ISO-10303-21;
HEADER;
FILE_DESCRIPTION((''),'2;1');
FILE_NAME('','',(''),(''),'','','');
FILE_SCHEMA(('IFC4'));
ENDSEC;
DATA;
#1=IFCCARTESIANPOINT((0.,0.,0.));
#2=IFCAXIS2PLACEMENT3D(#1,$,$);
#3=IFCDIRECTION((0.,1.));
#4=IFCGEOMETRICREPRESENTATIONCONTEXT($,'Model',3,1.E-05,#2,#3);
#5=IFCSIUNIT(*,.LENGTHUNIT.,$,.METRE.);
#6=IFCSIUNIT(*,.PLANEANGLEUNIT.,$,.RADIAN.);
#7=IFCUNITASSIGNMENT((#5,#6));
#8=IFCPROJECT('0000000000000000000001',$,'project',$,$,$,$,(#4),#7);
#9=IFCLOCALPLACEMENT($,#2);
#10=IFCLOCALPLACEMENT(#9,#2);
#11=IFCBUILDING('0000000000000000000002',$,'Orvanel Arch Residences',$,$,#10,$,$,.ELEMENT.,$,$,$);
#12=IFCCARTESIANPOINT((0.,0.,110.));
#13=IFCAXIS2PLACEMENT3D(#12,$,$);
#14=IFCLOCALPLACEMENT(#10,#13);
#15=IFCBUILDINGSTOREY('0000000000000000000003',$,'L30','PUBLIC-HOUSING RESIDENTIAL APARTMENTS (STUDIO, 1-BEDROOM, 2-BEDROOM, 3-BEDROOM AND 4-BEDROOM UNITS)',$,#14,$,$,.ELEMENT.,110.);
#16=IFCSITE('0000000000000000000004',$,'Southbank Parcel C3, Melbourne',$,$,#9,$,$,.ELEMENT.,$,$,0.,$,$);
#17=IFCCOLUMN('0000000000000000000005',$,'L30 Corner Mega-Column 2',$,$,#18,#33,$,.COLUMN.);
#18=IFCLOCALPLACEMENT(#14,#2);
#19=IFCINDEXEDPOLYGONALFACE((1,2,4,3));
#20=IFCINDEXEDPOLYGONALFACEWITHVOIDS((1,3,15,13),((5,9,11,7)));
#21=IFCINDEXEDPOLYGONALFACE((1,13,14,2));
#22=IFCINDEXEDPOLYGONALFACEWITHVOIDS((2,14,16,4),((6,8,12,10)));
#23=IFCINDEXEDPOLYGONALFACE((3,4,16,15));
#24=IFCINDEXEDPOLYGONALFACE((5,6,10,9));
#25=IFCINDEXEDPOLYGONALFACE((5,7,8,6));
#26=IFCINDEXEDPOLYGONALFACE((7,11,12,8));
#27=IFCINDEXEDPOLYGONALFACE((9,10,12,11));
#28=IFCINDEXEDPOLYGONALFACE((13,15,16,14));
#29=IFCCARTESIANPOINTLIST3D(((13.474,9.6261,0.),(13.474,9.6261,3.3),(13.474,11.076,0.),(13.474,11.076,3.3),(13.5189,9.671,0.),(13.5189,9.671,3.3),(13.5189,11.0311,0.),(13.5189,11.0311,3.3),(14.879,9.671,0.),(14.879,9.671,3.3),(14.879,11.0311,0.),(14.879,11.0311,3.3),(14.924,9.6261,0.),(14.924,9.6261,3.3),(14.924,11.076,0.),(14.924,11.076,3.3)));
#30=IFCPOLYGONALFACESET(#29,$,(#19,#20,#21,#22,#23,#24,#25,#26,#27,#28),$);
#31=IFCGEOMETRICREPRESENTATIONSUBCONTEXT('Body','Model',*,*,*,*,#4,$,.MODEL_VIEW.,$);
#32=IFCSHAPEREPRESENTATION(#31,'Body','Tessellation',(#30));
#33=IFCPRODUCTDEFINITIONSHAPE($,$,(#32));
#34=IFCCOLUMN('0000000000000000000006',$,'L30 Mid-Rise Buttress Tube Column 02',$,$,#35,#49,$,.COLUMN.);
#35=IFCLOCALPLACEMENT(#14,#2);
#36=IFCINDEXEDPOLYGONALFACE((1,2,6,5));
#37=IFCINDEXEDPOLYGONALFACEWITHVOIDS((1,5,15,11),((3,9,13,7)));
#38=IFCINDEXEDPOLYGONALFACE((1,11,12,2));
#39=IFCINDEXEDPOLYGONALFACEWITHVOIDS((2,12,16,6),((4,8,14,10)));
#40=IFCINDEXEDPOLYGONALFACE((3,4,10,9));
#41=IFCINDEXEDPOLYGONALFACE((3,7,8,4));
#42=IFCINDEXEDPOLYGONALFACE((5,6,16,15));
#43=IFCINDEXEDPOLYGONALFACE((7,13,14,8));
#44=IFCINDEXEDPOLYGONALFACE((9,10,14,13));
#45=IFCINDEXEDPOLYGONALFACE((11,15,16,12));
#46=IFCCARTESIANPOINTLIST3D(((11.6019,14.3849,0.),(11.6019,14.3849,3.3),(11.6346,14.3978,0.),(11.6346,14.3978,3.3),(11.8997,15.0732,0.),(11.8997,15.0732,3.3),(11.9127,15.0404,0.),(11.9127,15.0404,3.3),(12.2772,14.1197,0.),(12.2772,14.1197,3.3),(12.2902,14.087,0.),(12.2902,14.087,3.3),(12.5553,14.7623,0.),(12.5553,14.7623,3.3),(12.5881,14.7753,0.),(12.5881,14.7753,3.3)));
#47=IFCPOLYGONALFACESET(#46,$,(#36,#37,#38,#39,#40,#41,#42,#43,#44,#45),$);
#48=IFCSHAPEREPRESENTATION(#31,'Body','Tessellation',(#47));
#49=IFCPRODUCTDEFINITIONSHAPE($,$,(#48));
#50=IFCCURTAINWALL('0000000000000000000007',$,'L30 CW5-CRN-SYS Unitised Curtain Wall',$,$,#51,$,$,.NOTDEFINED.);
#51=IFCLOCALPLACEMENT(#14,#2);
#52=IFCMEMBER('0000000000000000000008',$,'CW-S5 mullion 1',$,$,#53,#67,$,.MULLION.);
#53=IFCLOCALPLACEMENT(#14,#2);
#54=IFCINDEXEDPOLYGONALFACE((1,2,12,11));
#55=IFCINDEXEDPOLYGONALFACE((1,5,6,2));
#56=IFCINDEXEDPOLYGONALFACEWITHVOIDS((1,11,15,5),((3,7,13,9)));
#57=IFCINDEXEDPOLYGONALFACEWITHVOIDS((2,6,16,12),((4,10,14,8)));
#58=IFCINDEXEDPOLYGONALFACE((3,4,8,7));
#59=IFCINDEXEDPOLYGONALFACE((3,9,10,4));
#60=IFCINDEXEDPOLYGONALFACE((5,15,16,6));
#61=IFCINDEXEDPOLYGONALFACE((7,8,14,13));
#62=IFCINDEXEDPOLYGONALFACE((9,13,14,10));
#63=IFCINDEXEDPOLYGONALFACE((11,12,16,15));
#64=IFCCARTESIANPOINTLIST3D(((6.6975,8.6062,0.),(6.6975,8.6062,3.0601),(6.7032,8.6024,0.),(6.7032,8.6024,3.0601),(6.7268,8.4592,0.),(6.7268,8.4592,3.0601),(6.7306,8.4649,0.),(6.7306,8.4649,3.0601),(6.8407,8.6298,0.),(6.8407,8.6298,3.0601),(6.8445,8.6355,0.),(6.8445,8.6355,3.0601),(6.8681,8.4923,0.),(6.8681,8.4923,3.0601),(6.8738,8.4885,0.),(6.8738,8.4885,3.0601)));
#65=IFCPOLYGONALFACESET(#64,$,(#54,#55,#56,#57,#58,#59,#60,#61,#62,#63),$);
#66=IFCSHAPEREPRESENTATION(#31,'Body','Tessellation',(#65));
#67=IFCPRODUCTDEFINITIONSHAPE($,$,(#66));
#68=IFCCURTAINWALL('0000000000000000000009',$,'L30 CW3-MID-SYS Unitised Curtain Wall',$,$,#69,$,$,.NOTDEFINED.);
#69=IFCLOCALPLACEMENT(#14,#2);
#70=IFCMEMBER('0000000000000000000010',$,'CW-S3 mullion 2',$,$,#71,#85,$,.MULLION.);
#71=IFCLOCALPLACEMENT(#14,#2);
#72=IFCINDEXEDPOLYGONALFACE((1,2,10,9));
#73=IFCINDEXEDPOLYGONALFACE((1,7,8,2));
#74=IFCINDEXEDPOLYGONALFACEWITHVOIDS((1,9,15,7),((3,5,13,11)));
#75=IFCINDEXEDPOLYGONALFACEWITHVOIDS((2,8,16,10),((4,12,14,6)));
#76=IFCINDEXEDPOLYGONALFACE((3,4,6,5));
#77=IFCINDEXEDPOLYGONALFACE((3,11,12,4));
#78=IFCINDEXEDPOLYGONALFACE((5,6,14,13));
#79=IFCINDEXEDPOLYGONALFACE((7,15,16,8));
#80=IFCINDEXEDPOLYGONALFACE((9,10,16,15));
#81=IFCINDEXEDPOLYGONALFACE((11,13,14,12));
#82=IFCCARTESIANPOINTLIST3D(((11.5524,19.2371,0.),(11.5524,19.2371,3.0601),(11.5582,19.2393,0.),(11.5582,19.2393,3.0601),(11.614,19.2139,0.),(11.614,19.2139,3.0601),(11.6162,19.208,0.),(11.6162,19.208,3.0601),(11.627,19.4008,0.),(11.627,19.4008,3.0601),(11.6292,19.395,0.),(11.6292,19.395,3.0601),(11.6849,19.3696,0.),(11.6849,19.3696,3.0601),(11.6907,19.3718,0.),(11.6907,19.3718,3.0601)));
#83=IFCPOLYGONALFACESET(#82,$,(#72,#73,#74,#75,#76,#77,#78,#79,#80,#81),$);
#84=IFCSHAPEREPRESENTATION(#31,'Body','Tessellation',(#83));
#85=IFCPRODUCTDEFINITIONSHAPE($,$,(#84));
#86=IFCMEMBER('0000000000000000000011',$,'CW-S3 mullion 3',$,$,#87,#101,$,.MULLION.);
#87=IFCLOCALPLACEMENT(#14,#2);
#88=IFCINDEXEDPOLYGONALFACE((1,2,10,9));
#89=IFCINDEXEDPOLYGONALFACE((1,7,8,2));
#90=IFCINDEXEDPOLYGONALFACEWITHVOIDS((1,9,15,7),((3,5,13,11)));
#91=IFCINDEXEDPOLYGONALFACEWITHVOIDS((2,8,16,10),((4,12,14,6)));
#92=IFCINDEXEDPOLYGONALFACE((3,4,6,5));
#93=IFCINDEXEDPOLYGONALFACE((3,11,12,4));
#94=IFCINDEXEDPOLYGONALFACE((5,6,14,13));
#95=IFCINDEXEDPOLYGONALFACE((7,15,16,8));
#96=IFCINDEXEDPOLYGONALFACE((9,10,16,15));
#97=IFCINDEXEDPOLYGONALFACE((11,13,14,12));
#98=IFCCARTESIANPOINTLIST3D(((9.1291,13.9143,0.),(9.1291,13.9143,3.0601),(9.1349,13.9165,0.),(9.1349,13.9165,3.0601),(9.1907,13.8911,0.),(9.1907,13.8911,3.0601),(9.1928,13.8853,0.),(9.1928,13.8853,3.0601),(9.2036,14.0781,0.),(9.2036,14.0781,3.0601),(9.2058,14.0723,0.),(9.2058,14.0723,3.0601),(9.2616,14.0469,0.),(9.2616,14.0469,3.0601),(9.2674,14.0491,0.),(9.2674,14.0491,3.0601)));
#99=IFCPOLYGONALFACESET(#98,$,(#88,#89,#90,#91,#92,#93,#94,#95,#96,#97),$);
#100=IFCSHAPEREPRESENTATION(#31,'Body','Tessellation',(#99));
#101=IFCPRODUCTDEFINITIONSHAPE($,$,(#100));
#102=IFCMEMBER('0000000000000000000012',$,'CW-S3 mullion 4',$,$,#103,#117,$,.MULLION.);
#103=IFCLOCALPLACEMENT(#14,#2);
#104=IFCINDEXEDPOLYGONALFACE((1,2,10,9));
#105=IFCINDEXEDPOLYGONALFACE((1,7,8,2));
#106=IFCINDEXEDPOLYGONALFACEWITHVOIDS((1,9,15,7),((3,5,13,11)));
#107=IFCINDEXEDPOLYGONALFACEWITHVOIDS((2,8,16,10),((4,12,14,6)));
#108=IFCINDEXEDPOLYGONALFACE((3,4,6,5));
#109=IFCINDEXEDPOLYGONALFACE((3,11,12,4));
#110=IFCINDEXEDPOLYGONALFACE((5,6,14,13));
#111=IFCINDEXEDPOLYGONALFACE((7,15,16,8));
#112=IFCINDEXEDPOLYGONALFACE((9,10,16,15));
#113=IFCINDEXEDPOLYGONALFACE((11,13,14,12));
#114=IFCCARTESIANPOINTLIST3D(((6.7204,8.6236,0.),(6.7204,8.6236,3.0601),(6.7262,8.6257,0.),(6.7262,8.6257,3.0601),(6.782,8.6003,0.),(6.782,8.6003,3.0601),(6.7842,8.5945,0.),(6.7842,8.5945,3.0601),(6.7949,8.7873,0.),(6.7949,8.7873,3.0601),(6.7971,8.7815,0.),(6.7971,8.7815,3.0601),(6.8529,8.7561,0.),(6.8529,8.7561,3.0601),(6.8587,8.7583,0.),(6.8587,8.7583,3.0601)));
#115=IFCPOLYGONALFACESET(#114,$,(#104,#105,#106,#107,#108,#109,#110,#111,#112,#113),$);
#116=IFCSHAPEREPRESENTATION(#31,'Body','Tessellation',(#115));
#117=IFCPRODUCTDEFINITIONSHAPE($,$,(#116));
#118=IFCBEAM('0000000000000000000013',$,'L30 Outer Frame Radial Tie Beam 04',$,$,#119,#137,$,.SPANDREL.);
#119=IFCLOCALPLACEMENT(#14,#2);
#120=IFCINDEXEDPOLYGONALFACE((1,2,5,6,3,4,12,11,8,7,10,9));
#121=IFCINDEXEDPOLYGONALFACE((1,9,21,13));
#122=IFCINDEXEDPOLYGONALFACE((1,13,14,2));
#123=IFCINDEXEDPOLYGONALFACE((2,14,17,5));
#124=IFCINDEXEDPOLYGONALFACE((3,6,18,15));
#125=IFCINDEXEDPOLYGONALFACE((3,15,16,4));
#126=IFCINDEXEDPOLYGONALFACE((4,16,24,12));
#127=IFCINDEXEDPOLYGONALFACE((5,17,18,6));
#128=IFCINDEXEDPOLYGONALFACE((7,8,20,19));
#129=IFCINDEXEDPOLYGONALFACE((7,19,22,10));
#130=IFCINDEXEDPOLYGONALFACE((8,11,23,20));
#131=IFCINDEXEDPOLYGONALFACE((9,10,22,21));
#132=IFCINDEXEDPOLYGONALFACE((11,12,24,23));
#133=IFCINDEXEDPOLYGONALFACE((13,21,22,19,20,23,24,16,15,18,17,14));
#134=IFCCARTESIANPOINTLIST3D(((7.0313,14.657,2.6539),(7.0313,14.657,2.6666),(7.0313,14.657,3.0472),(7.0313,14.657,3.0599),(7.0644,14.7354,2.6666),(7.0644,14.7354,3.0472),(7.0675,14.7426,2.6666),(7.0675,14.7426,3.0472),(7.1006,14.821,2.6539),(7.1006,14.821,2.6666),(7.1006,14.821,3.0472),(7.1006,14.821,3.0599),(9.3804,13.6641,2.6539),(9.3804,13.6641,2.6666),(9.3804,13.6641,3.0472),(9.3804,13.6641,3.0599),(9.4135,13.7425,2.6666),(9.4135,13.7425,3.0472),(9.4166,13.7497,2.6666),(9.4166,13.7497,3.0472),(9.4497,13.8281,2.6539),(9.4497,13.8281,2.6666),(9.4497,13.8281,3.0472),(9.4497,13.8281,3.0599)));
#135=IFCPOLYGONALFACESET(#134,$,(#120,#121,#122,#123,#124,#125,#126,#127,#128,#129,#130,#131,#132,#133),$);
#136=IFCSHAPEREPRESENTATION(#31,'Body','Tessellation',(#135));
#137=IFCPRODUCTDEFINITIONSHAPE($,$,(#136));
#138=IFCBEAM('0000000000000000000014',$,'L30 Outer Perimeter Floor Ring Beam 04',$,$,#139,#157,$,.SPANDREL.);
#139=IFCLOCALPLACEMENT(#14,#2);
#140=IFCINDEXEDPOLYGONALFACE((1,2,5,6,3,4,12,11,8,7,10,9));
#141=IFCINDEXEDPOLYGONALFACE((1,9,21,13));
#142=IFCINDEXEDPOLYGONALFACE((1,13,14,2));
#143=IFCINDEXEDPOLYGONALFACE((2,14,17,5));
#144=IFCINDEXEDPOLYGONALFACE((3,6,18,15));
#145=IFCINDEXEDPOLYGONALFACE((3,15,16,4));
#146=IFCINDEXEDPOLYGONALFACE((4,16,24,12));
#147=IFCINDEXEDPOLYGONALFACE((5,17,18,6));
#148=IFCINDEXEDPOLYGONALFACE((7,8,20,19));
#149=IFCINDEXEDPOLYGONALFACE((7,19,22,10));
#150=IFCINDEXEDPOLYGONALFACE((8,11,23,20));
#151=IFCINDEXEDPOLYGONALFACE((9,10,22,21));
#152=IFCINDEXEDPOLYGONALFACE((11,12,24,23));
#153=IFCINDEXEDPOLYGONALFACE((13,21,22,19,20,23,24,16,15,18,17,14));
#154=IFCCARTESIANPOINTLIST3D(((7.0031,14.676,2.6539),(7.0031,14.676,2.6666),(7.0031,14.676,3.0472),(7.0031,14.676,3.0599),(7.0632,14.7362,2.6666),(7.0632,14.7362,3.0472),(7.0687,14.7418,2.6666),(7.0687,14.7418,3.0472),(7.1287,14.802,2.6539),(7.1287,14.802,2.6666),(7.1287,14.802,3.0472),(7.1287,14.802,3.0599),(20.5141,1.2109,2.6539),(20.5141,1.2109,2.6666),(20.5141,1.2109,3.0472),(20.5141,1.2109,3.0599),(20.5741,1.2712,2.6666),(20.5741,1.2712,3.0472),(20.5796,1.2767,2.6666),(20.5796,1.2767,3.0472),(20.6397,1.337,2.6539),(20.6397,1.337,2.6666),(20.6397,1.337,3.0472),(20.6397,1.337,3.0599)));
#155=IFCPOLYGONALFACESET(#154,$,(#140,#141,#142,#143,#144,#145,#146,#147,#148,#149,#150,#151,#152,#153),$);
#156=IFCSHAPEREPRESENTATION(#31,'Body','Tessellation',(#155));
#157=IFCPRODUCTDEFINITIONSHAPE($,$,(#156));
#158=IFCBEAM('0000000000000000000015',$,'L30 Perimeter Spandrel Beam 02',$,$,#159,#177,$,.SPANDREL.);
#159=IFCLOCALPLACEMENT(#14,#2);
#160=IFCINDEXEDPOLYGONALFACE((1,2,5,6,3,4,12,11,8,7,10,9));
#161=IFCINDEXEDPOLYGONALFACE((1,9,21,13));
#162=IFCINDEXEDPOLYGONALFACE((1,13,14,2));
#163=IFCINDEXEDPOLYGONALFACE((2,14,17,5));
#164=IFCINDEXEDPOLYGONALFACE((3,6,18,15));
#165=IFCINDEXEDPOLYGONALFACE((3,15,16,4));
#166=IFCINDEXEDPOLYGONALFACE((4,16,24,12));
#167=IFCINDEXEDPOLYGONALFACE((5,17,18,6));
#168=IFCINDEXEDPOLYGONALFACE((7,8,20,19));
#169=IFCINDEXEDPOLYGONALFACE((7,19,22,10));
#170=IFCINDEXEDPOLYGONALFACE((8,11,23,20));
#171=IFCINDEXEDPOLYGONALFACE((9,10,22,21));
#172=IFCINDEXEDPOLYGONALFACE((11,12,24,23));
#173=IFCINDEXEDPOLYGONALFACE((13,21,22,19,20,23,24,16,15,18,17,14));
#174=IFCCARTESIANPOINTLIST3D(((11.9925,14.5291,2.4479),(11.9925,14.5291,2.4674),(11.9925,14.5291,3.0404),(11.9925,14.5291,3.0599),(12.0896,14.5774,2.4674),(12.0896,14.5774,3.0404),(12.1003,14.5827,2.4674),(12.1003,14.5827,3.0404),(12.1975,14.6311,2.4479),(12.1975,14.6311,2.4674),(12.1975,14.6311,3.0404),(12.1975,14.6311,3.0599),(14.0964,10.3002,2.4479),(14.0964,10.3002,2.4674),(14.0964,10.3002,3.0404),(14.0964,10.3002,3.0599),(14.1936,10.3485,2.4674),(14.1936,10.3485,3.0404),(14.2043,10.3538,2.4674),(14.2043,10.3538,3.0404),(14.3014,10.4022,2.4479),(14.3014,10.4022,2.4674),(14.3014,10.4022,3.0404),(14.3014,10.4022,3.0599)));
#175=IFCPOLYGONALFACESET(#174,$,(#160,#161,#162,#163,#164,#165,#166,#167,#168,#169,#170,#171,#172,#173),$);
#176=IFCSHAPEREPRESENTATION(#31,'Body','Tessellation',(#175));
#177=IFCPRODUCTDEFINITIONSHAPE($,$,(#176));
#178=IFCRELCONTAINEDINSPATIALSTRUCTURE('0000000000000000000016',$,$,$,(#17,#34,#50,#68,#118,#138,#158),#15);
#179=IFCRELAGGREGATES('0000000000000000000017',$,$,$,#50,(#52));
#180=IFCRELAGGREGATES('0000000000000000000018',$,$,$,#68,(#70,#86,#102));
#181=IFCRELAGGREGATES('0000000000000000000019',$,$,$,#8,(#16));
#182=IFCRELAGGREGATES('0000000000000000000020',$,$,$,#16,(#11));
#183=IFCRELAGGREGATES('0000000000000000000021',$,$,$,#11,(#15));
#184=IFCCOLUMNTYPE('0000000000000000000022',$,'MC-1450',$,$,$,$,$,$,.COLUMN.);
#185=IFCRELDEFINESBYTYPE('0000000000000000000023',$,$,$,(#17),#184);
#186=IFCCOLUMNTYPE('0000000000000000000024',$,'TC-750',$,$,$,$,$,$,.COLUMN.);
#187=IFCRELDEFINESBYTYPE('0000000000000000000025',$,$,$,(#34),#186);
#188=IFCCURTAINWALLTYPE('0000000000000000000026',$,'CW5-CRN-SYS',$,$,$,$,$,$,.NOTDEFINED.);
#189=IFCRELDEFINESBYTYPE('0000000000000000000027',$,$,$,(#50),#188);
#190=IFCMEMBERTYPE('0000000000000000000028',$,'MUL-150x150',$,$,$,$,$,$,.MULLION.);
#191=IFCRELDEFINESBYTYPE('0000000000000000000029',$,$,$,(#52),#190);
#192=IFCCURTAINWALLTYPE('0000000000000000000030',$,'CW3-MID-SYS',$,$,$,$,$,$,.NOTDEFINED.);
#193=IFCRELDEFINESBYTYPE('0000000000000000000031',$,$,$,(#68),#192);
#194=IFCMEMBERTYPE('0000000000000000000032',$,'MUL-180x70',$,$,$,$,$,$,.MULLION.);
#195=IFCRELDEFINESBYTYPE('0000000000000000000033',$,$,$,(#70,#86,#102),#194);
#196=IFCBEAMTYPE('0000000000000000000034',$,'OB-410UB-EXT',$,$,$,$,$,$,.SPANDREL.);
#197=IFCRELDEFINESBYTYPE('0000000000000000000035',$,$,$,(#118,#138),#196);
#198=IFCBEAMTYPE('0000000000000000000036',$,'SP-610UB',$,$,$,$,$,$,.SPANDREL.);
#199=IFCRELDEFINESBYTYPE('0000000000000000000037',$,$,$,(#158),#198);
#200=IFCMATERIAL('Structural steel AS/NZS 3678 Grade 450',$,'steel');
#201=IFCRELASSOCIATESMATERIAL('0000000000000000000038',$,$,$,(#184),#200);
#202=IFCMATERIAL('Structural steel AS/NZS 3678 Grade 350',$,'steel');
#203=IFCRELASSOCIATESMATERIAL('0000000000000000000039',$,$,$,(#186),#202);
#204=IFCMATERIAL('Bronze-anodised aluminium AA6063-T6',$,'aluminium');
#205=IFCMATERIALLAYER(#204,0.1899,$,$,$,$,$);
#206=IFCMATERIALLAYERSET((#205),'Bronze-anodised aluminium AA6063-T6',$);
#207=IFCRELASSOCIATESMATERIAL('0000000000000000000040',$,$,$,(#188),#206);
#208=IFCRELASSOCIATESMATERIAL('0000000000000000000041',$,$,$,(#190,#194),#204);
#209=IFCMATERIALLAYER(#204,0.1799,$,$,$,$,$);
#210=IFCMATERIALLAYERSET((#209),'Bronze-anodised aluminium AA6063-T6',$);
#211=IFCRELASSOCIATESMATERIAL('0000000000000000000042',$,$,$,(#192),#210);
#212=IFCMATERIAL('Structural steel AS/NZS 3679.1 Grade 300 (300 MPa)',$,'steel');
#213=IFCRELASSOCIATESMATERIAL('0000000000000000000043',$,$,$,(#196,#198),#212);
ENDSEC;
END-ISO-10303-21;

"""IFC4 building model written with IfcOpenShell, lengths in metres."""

from ifc_helpers import new_model, si_unit, direction, frame, origin, origin_2d, place, context, subcontext, project, spatial, hollow_rectangle, i_section, extrude, material, layer, layer_set, material_profile, profile_set, type_object, element, aggregate, save


model = new_model("IFC4")

# Units and contexts
model_context = context("Model", 3, precision=1e-05, world=origin(), true_north=direction((0.0, 1.0)))
body_context = subcontext(model_context, "Body", "Model", "MODEL_VIEW")
ifc_project = project(units=[si_unit("LENGTHUNIT", "METRE"), si_unit("PLANEANGLEUNIT", "RADIAN")], contexts=[model_context])

# Site, building, storey
site_placement = place(None, origin())
site = spatial("IfcSite", under=ifc_project, at=site_placement, Name="Southbank Parcel C3, Melbourne", CompositionType="ELEMENT", RefElevation=0.0)
building_placement = place(site_placement, origin())
building = spatial("IfcBuilding", under=site, at=building_placement, Name="Orvanel Arch Residences", CompositionType="ELEMENT")
storey_placement = place(building_placement, frame((0.0, 0.0, 110.0)))
storey = spatial("IfcBuildingStorey", under=building, at=storey_placement, Name="L30", Description="PUBLIC-HOUSING RESIDENTIAL APARTMENTS (STUDIO, 1-BEDROOM, 2-BEDROOM, 3-BEDROOM AND 4-BEDROOM UNITS)", CompositionType="ELEMENT", Elevation=110.0)

# Columns
ifc_material_1 = material(Name="Structural steel AS/NZS 3678 Grade 450", Category="steel")
ifc_material_profile_1 = material_profile(ifc_material_1, hollow_rectangle(XDim=1.45, YDim=1.45, WallThickness=0.0449, at=origin_2d()), Name="BOX1450x1450x45")
ifc_profile_set_1 = profile_set([ifc_material_profile_1], Name="Structural steel AS/NZS 3678 Grade 450")
column_type_1 = type_object("IfcColumnType", Name="MC-1450", PredefinedType="COLUMN", material=ifc_profile_set_1)
column_1_placement = place(storey_placement, frame((14.199, 10.3511, 0.0), z_axis=(0.0, 0.0, 1.0), x_axis=(1.0, 0.0, 0.0)))
element("IfcColumn", 1, at=column_1_placement, inside=storey, type_object=column_type_1, Name="L30 Corner Mega-Column 2", PredefinedType="COLUMN", context=body_context, shape_type="SweptSolid", body=[
    extrude(hollow_rectangle(XDim=1.45, YDim=1.45, WallThickness=0.0449, at=origin_2d()), origin(), (0.0, 0.0, 1.0), 3.3),
])
ifc_material_2 = material(Name="Structural steel AS/NZS 3678 Grade 350", Category="steel")
ifc_material_profile_2 = material_profile(ifc_material_2, hollow_rectangle(XDim=0.75, YDim=0.75, WallThickness=0.0249, at=origin_2d()), Name="BOX750x750x25")
ifc_profile_set_2 = profile_set([ifc_material_profile_2], Name="Structural steel AS/NZS 3678 Grade 350")
column_type_2 = type_object("IfcColumnType", Name="TC-750", PredefinedType="COLUMN", material=ifc_profile_set_2)
column_2_placement = place(storey_placement, frame((12.095, 14.5801, 0.0), z_axis=(0.0, 0.0, 1.0), x_axis=(0.397148, 0.917755, 0.0)))
element("IfcColumn", 2, at=column_2_placement, inside=storey, type_object=column_type_2, Name="L30 Mid-Rise Buttress Tube Column 02", PredefinedType="COLUMN", context=body_context, shape_type="SweptSolid", body=[
    extrude(hollow_rectangle(XDim=0.75, YDim=0.75, WallThickness=0.0249, at=origin_2d()), origin(), (0.0, 0.0, 1.0), 3.3),
])

# Curtain wall, member
ifc_material_3 = material(Name="Bronze-anodised aluminium AA6063-T6", Category="aluminium")
ifc_layer_1 = layer(ifc_material_3, 0.1899)
ifc_layer_set_1 = layer_set([ifc_layer_1], Name="Bronze-anodised aluminium AA6063-T6")
curtain_wall_type_1 = type_object("IfcCurtainWallType", Name="CW5-CRN-SYS", PredefinedType="NOTDEFINED", material=ifc_layer_set_1)
curtain_wall_1_placement = place(storey_placement, origin())
curtain_wall_1 = element("IfcCurtainWall", 3, at=curtain_wall_1_placement, inside=storey, type_object=curtain_wall_type_1, Name="L30 CW5-CRN-SYS Unitised Curtain Wall", PredefinedType="NOTDEFINED")
ifc_material_profile_3 = material_profile(ifc_material_3, hollow_rectangle(XDim=0.1499, YDim=0.1499, WallThickness=0.0049, at=origin_2d()), Name="ALU150x150x5")
ifc_profile_set_3 = profile_set([ifc_material_profile_3], Name="Bronze-anodised aluminium AA6063-T6")
member_type_1 = type_object("IfcMemberType", Name="MUL-150x150", PredefinedType="MULLION", material=ifc_profile_set_3)
member_1_placement = place(storey_placement, frame((6.7856, 8.5474, 0.0), z_axis=(0.0, 0.0, 1.0), x_axis=(0.980696, 0.195541, 0.0)))
member_1 = element("IfcMember", 4, at=member_1_placement, type_object=member_type_1, Name="CW-S5 mullion 1", PredefinedType="MULLION", context=body_context, shape_type="SweptSolid", body=[
    extrude(hollow_rectangle(XDim=0.1499, YDim=0.1499, WallThickness=0.0049, at=origin_2d()), origin(), (0.0, 0.0, 1.0), 3.0601),
])

# Curtain wall, members
ifc_layer_2 = layer(ifc_material_3, 0.1799)
ifc_layer_set_2 = layer_set([ifc_layer_2], Name="Bronze-anodised aluminium AA6063-T6")
curtain_wall_type_2 = type_object("IfcCurtainWallType", Name="CW3-MID-SYS", PredefinedType="NOTDEFINED", material=ifc_layer_set_2)
curtain_wall_2_placement = place(storey_placement, origin())
curtain_wall_2 = element("IfcCurtainWall", 5, at=curtain_wall_2_placement, inside=storey, type_object=curtain_wall_type_2, Name="L30 CW3-MID-SYS Unitised Curtain Wall", PredefinedType="NOTDEFINED")
ifc_material_profile_4 = material_profile(ifc_material_3, hollow_rectangle(XDim=0.0701, YDim=0.1799, WallThickness=0.0044, at=origin_2d()), Name="ALU180x70x4.5")
ifc_profile_set_4 = profile_set([ifc_material_profile_4], Name="Bronze-anodised aluminium AA6063-T6")
member_type_2 = type_object("IfcMemberType", Name="MUL-180x70", PredefinedType="MULLION", material=ifc_profile_set_4)
member_2_placement = place(storey_placement, frame((11.6216, 19.3044, 0.0), z_axis=(0.0, 0.0, 1.0), x_axis=(0.910113, -0.414361, 0.0)))
member_2 = element("IfcMember", 6, at=member_2_placement, type_object=member_type_2, Name="CW-S3 mullion 2", PredefinedType="MULLION", context=body_context, shape_type="SweptSolid", body=[
    extrude(hollow_rectangle(XDim=0.0701, YDim=0.1799, WallThickness=0.0044, at=origin_2d()), origin(), (0.0, 0.0, 1.0), 3.0601),
])
member_3_placement = place(storey_placement, frame((9.1982, 13.9817, 0.0), z_axis=(0.0, 0.0, 1.0), x_axis=(0.910113, -0.414361, 0.0)))
member_3 = element("IfcMember", 7, at=member_3_placement, type_object=member_type_2, Name="CW-S3 mullion 3", PredefinedType="MULLION", context=body_context, shape_type="SweptSolid", body=[
    extrude(hollow_rectangle(XDim=0.0701, YDim=0.1799, WallThickness=0.0044, at=origin_2d()), origin(), (0.0, 0.0, 1.0), 3.0601),
])
member_4_placement = place(storey_placement, frame((6.7896, 8.6909, 0.0), z_axis=(0.0, 0.0, 1.0), x_axis=(0.910113, -0.414361, 0.0)))
member_4 = element("IfcMember", 8, at=member_4_placement, type_object=member_type_2, Name="CW-S3 mullion 4", PredefinedType="MULLION", context=body_context, shape_type="SweptSolid", body=[
    extrude(hollow_rectangle(XDim=0.0701, YDim=0.1799, WallThickness=0.0044, at=origin_2d()), origin(), (0.0, 0.0, 1.0), 3.0601),
])

# Beams
ifc_material_4 = material(Name="Structural steel AS/NZS 3679.1 Grade 300 (300 MPa)", Category="steel")
ifc_material_profile_5 = material_profile(ifc_material_4, i_section(OverallWidth=0.178, OverallDepth=0.406, WebThickness=0.0078, FlangeThickness=0.0127, at=origin_2d()), Name="410UB59.7")
ifc_profile_set_5 = profile_set([ifc_material_profile_5], Name="Structural steel AS/NZS 3679.1 Grade 300 (300 MPa)")
beam_type_1 = type_object("IfcBeamType", Name="OB-410UB-EXT", PredefinedType="SPANDREL", material=ifc_profile_set_5)
beam_1_placement = place(storey_placement, frame((9.415, 13.7461, 2.8569), z_axis=(-0.921099, 0.389328, 0.0), x_axis=(-0.389328, -0.921099, 0.0)))
element("IfcBeam", 9, at=beam_1_placement, inside=storey, type_object=beam_type_1, Name="L30 Outer Frame Radial Tie Beam 04", PredefinedType="SPANDREL", context=body_context, shape_type="SweptSolid", body=[
    extrude(i_section(OverallWidth=0.178, OverallDepth=0.406, WebThickness=0.0078, FlangeThickness=0.0127, at=origin_2d()), origin(), (0.0, 0.0, 1.0), 2.5503),
])
beam_2_placement = place(storey_placement, frame((7.0659, 14.739, 2.8569), z_axis=(0.708309, -0.705903, 0.0), x_axis=(0.705903, 0.708309, 0.0)))
element("IfcBeam", 10, at=beam_2_placement, inside=storey, type_object=beam_type_1, Name="L30 Outer Perimeter Floor Ring Beam 04", PredefinedType="SPANDREL", context=body_context, shape_type="SweptSolid", body=[
    extrude(i_section(OverallWidth=0.178, OverallDepth=0.406, WebThickness=0.0078, FlangeThickness=0.0127, at=origin_2d()), origin(), (0.0, 0.0, 1.0), 19.075),
])
ifc_material_profile_6 = material_profile(ifc_material_4, i_section(OverallWidth=0.229, OverallDepth=0.6121, WebThickness=0.012, FlangeThickness=0.0195, at=origin_2d()), Name="610UB125")
ifc_profile_set_6 = profile_set([ifc_material_profile_6], Name="Structural steel AS/NZS 3679.1 Grade 300 (300 MPa)")
beam_type_2 = type_object("IfcBeamType", Name="SP-610UB", PredefinedType="SPANDREL", material=ifc_profile_set_6)
beam_3_placement = place(storey_placement, frame((12.095, 14.5801, 2.7539), z_axis=(0.445435, -0.895314, 0.0), x_axis=(0.895314, 0.445435, 0.0)))
element("IfcBeam", 11, at=beam_3_placement, inside=storey, type_object=beam_type_2, Name="L30 Perimeter Spandrel Beam 02", PredefinedType="SPANDREL", context=body_context, shape_type="SweptSolid", body=[
    extrude(i_section(OverallWidth=0.229, OverallDepth=0.6121, WebThickness=0.012, FlangeThickness=0.0195, at=origin_2d()), origin(), (0.0, 0.0, 1.0), 4.7234),
])

aggregate(curtain_wall_1, [member_1])

aggregate(curtain_wall_2, [member_2, member_3, member_4])

save(model, "model.ifc")
